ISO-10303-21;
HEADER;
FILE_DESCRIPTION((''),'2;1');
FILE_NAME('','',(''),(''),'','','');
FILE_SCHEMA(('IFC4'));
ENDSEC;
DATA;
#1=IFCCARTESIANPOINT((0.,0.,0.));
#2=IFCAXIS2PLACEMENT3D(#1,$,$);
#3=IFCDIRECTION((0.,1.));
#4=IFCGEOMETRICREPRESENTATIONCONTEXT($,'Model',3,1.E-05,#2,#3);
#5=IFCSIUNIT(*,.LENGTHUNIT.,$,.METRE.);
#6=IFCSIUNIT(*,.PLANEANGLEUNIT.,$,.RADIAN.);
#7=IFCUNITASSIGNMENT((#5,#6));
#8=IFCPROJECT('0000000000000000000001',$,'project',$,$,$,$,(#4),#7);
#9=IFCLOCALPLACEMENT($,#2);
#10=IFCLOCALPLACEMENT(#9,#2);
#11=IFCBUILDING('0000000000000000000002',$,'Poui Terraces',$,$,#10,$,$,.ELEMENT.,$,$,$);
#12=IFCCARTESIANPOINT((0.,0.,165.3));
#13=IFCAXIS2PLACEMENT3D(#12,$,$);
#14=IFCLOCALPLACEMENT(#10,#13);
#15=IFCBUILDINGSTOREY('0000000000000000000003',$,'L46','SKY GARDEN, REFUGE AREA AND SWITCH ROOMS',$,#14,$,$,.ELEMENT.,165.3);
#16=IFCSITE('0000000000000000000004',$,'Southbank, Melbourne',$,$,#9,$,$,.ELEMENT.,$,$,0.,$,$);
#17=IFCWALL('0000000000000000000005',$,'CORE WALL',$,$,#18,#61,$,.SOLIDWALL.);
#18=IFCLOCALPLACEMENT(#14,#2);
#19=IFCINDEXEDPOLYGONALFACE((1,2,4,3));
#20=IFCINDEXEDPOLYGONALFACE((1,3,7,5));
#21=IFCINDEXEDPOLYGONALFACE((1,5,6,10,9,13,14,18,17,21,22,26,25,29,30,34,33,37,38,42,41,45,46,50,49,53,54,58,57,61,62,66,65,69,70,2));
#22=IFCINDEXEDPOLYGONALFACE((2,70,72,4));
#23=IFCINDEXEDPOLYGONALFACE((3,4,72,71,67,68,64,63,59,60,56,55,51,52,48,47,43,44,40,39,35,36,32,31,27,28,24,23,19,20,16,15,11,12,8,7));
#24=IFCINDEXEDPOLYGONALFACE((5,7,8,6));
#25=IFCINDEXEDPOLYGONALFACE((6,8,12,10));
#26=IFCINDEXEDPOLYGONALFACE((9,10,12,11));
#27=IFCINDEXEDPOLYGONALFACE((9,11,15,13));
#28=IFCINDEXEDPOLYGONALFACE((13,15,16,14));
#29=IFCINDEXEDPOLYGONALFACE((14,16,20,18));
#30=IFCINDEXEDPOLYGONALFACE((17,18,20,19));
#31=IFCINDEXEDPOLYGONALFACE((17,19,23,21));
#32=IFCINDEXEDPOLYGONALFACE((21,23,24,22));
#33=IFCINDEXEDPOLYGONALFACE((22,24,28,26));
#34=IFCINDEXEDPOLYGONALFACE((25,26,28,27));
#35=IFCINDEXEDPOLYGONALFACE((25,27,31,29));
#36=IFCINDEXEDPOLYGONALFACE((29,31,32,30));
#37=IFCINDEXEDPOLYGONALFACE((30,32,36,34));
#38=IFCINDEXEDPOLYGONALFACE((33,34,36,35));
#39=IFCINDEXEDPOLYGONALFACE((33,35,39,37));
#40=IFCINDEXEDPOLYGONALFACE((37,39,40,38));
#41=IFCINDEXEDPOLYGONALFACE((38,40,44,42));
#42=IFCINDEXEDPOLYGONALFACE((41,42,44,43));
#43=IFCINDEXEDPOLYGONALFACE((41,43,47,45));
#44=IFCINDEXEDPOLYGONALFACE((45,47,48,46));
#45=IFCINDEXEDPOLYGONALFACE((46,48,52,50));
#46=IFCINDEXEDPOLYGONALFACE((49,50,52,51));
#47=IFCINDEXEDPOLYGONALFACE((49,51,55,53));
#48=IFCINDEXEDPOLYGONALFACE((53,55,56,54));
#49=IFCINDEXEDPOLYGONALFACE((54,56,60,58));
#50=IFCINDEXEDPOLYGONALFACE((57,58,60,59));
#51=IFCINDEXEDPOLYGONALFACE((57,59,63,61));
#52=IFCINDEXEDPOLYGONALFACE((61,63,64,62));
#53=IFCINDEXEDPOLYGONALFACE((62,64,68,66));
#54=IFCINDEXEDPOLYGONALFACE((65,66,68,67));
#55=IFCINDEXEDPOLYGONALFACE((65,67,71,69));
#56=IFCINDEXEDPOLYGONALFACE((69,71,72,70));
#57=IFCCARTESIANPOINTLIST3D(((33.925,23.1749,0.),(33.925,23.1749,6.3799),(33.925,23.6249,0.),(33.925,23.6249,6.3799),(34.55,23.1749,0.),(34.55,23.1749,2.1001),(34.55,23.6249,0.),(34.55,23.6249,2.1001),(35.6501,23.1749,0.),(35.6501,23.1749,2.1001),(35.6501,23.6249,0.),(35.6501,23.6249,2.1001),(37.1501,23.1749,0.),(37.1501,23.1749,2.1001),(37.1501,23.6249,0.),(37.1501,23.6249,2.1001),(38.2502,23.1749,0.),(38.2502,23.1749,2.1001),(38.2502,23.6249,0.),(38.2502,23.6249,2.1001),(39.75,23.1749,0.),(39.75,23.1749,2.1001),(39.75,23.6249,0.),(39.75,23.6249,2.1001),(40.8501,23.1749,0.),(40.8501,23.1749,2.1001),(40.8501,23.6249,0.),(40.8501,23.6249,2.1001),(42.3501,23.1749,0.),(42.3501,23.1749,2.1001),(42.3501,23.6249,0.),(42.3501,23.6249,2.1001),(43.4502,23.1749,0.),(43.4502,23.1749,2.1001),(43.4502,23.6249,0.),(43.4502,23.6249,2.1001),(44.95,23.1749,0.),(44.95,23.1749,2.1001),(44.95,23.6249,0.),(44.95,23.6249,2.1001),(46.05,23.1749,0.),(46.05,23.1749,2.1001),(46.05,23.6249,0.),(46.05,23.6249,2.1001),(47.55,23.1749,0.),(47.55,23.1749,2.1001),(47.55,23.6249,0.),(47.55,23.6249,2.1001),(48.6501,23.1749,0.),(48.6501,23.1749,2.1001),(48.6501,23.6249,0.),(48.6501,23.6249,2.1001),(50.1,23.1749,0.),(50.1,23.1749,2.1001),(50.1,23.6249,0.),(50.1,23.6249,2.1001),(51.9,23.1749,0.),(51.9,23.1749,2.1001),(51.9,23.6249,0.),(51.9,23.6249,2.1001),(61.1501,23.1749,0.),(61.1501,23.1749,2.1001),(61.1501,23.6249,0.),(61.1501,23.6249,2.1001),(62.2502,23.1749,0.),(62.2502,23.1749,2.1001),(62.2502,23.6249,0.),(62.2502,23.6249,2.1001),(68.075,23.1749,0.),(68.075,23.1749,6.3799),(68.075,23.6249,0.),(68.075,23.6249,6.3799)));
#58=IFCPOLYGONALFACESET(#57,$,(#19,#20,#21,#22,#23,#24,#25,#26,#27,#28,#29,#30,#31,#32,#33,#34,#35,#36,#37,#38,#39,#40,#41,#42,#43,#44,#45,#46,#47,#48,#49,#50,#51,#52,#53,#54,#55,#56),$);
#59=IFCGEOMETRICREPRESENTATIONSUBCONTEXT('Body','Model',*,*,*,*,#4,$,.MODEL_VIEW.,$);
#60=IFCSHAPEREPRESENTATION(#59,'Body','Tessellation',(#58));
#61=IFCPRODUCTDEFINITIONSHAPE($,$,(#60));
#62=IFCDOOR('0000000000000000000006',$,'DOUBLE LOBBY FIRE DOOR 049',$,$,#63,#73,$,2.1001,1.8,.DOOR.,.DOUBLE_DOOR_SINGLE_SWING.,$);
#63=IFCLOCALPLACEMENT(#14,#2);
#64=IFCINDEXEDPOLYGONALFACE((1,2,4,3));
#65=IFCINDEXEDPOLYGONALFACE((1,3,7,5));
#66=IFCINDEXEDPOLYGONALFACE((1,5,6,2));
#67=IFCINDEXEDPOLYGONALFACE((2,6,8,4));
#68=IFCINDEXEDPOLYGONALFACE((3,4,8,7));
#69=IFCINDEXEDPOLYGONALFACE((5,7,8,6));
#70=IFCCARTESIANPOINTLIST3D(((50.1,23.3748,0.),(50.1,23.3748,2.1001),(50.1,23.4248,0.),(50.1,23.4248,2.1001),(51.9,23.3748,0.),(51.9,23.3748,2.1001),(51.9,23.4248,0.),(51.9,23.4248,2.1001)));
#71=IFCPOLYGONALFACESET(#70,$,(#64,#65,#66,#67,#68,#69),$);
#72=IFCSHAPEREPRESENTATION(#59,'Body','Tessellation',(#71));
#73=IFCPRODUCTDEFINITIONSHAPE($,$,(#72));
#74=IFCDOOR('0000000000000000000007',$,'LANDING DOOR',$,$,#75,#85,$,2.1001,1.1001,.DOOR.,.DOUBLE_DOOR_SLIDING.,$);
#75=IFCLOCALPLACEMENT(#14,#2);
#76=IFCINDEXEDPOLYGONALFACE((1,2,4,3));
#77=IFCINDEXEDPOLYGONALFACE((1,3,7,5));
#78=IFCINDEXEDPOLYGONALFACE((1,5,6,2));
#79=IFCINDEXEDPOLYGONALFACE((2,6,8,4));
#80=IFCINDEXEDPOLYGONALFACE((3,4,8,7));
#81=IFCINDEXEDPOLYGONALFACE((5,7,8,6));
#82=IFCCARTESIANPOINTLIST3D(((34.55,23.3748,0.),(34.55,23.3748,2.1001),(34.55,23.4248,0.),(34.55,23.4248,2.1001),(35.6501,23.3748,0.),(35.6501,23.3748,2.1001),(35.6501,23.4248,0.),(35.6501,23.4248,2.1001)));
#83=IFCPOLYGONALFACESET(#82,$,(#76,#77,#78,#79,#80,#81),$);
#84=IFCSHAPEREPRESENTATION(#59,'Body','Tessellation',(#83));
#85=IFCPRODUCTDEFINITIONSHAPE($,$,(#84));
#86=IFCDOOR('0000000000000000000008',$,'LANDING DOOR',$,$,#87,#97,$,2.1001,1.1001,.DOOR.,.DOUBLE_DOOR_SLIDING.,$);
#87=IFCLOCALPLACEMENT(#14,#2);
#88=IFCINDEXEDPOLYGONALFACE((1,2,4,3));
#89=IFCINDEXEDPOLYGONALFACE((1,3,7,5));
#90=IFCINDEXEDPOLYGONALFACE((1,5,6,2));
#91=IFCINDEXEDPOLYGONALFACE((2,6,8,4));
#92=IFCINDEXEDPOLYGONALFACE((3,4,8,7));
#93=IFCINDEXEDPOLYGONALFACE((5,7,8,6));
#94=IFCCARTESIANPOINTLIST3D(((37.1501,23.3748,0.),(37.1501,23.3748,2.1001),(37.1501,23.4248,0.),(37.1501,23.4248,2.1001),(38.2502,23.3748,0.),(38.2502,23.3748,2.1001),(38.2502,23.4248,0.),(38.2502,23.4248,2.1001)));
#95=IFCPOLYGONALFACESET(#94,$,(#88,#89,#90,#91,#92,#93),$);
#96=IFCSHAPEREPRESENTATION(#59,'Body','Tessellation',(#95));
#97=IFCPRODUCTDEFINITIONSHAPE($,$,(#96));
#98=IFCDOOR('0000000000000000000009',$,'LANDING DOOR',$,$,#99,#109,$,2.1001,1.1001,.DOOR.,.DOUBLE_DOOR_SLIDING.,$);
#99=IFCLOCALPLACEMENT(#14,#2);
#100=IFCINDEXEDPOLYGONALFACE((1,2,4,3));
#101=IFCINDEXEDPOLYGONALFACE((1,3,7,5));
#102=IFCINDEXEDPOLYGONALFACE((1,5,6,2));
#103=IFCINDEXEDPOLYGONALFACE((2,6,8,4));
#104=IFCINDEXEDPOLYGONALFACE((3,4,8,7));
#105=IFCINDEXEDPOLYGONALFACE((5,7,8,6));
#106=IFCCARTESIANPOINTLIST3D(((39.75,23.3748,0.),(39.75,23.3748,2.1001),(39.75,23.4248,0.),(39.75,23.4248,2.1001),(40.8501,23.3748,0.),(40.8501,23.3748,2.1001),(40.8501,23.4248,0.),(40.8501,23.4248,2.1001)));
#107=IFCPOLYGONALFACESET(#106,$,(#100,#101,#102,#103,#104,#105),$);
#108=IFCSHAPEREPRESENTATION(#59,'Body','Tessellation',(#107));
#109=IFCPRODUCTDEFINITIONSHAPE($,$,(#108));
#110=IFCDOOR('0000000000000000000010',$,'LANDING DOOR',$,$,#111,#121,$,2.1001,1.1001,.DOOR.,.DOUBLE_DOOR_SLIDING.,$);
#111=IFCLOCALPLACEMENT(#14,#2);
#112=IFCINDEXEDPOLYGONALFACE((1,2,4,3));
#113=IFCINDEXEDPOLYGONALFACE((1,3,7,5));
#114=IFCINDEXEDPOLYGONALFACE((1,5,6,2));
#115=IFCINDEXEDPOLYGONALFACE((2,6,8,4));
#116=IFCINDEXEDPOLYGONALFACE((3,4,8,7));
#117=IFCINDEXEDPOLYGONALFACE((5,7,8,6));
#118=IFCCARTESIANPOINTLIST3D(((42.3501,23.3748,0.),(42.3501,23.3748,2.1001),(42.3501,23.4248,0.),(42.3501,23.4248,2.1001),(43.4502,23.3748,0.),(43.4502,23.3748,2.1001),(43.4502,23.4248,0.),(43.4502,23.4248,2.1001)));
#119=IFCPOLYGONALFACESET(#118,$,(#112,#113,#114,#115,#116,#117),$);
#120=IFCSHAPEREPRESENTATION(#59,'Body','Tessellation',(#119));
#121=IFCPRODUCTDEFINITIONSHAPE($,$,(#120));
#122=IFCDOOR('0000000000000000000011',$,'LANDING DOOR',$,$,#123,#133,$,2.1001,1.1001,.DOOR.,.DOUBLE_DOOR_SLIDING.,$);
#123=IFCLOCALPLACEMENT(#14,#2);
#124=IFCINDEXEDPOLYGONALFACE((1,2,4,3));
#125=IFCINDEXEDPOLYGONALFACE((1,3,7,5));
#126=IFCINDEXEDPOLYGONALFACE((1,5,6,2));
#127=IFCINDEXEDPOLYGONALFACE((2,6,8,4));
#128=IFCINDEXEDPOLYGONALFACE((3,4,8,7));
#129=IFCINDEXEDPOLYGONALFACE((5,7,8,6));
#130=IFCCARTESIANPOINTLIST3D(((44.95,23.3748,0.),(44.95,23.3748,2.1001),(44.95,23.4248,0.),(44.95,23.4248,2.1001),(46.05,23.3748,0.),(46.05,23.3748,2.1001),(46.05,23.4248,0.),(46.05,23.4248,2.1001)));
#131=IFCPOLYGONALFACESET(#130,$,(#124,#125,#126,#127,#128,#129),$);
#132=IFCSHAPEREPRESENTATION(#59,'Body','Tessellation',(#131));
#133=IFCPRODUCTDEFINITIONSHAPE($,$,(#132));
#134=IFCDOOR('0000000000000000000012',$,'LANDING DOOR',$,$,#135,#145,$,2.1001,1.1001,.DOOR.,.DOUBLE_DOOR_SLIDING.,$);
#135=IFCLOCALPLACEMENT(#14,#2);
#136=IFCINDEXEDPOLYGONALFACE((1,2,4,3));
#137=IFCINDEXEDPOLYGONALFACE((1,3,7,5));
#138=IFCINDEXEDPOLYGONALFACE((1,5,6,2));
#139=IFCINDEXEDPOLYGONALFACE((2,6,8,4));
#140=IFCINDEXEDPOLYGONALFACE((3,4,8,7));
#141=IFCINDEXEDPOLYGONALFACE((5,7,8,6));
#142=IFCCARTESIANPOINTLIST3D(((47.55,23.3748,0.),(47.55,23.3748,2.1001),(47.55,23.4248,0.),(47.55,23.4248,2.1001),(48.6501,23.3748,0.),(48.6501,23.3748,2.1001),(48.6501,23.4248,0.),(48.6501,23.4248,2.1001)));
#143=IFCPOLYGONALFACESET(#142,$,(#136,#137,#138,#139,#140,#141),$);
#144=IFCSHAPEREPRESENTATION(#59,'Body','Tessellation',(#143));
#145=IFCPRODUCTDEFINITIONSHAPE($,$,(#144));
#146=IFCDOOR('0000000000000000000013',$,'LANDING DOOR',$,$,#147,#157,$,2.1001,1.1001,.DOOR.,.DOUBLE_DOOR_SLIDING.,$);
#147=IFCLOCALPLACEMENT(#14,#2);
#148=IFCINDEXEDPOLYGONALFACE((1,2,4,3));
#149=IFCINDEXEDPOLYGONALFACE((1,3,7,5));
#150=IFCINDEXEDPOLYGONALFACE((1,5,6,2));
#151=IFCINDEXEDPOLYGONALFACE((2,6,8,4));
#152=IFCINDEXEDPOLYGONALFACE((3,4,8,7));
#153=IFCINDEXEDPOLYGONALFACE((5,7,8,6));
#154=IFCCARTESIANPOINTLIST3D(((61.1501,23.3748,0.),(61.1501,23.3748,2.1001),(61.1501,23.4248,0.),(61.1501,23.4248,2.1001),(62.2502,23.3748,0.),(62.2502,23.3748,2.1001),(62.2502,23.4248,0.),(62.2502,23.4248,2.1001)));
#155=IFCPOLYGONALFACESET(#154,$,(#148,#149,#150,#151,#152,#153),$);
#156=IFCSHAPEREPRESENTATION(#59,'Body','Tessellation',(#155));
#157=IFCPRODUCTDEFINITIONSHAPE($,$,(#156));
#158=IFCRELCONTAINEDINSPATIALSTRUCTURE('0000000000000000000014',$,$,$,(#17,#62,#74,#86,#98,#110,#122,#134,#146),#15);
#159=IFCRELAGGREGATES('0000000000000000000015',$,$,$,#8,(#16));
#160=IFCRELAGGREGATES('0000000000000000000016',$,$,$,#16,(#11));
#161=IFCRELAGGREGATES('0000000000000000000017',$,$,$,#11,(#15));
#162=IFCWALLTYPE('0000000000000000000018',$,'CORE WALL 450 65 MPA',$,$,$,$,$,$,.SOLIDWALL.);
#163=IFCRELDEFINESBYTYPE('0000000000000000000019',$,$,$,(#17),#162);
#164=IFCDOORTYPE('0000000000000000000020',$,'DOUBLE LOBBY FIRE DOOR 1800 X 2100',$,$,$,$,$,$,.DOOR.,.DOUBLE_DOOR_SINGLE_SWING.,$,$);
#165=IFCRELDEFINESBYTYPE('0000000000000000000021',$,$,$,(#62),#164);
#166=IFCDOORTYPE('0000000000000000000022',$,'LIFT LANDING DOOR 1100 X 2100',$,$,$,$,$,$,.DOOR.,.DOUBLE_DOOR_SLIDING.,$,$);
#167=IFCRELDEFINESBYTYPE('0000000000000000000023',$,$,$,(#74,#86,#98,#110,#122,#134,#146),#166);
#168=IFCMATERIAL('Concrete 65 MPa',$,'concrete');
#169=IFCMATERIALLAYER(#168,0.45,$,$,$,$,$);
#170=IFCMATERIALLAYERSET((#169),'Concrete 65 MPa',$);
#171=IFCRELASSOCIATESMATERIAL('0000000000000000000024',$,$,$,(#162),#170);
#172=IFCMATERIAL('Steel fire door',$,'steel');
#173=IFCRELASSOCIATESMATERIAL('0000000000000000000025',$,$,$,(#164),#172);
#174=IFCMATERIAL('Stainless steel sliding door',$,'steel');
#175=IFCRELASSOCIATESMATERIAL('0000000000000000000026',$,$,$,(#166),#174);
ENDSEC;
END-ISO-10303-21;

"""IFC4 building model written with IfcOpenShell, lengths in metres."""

from ifc_helpers import new_model, si_unit, direction, frame, frame_2d, origin, place, context, subcontext, project, spatial, rectangle, extrude, material, layer, layer_set, type_object, element, fill, save


model = new_model("IFC4")

# Units and contexts
model_context = context("Model", 3, precision=1e-05, world=origin(), true_north=direction((0.0, 1.0)))
body_context = subcontext(model_context, "Body", "Model", "MODEL_VIEW")
ifc_project = project(units=[si_unit("LENGTHUNIT", "METRE"), si_unit("PLANEANGLEUNIT", "RADIAN")], contexts=[model_context])

# Site, building, storey
site_placement = place(None, origin())
site = spatial("IfcSite", under=ifc_project, at=site_placement, Name="Southbank, Melbourne", CompositionType="ELEMENT", RefElevation=0.0)
building_placement = place(site_placement, origin())
building = spatial("IfcBuilding", under=site, at=building_placement, Name="Poui Terraces", CompositionType="ELEMENT")
storey_placement = place(building_placement, frame((0.0, 0.0, 165.3)))
storey = spatial("IfcBuildingStorey", under=building, at=storey_placement, Name="L46", Description="SKY GARDEN, REFUGE AREA AND SWITCH ROOMS", CompositionType="ELEMENT", Elevation=165.3)

# Wall, openings, doors
ifc_material_1 = material(Name="Concrete 65 MPa", Category="concrete")
ifc_layer_1 = layer(ifc_material_1, 0.45)
ifc_layer_set_1 = layer_set([ifc_layer_1], Name="Concrete 65 MPa")
wall_type_1 = type_object("IfcWallType", Name="CORE WALL 450 65 MPA", PredefinedType="SOLIDWALL", material=ifc_layer_set_1)
ifc_material_2 = material(Name="Steel fire door", Category="steel")
door_type_1 = type_object("IfcDoorType", Name="DOUBLE LOBBY FIRE DOOR 1800 X 2100", OperationType="DOUBLE_DOOR_SINGLE_SWING", PredefinedType="DOOR", material=ifc_material_2)
wall_1_placement = place(storey_placement, frame((33.925, 23.3999, 0.0), z_axis=(0.0, 0.0, 1.0), x_axis=(1.0, 0.0, 0.0)))
wall_1 = element("IfcWall", 1, at=wall_1_placement, inside=storey, type_object=wall_type_1, Name="CORE WALL", PredefinedType="SOLIDWALL", context=body_context, shape_type="SweptSolid", body=[
    extrude(rectangle(XDim=34.1499, YDim=0.45, at=frame_2d((17.075, 0.0))), origin(), (0.0, 0.0, 1.0), 6.3799),
])
opening_1_placement = place(wall_1_placement, frame((16.175, 0.0, 0.0)))
opening_1 = element("IfcOpeningElement", 2, at=opening_1_placement, cuts=wall_1, PredefinedType="OPENING", context=body_context, shape_type="SweptSolid", body=[
    extrude(rectangle(XDim=1.8, YDim=2.1001, at=frame_2d((0.8999, 1.05))), frame((0.0, 0.2349, 0.0), z_axis=(0.0, -1.0, 0.0), x_axis=(1.0, 0.0, 0.0)), (0.0, 0.0, 1.0), 0.47),
])
opening_2_placement = place(wall_1_placement, frame((0.625, 0.0, 0.0)))
opening_2 = element("IfcOpeningElement", 3, at=opening_2_placement, cuts=wall_1, PredefinedType="OPENING", context=body_context, shape_type="SweptSolid", body=[
    extrude(rectangle(XDim=1.1001, YDim=2.1001, at=frame_2d((0.55, 1.05))), frame((0.0, 0.2349, 0.0), z_axis=(0.0, -1.0, 0.0), x_axis=(1.0, 0.0, 0.0)), (0.0, 0.0, 1.0), 0.47),
])
opening_3_placement = place(wall_1_placement, frame((3.2251, 0.0, 0.0)))
opening_3 = element("IfcOpeningElement", 4, at=opening_3_placement, cuts=wall_1, PredefinedType="OPENING", context=body_context, shape_type="SweptSolid", body=[
    extrude(rectangle(XDim=1.1001, YDim=2.1001, at=frame_2d((0.55, 1.05))), frame((0.0, 0.2349, 0.0), z_axis=(0.0, -1.0, 0.0), x_axis=(1.0, 0.0, 0.0)), (0.0, 0.0, 1.0), 0.47),
])
opening_4_placement = place(wall_1_placement, frame((5.825, 0.0, 0.0)))
opening_4 = element("IfcOpeningElement", 5, at=opening_4_placement, cuts=wall_1, PredefinedType="OPENING", context=body_context, shape_type="SweptSolid", body=[
    extrude(rectangle(XDim=1.1001, YDim=2.1001, at=frame_2d((0.55, 1.05))), frame((0.0, 0.2349, 0.0), z_axis=(0.0, -1.0, 0.0), x_axis=(1.0, 0.0, 0.0)), (0.0, 0.0, 1.0), 0.47),
])
opening_5_placement = place(wall_1_placement, frame((8.425, 0.0, 0.0)))
opening_5 = element("IfcOpeningElement", 6, at=opening_5_placement, cuts=wall_1, PredefinedType="OPENING", context=body_context, shape_type="SweptSolid", body=[
    extrude(rectangle(XDim=1.1001, YDim=2.1001, at=frame_2d((0.55, 1.05))), frame((0.0, 0.2349, 0.0), z_axis=(0.0, -1.0, 0.0), x_axis=(1.0, 0.0, 0.0)), (0.0, 0.0, 1.0), 0.47),
])
opening_6_placement = place(wall_1_placement, frame((11.0249, 0.0, 0.0)))
opening_6 = element("IfcOpeningElement", 7, at=opening_6_placement, cuts=wall_1, PredefinedType="OPENING", context=body_context, shape_type="SweptSolid", body=[
    extrude(rectangle(XDim=1.1001, YDim=2.1001, at=frame_2d((0.55, 1.05))), frame((0.0, 0.2349, 0.0), z_axis=(0.0, -1.0, 0.0), x_axis=(1.0, 0.0, 0.0)), (0.0, 0.0, 1.0), 0.47),
])
opening_7_placement = place(wall_1_placement, frame((13.625, 0.0, 0.0)))
opening_7 = element("IfcOpeningElement", 8, at=opening_7_placement, cuts=wall_1, PredefinedType="OPENING", context=body_context, shape_type="SweptSolid", body=[
    extrude(rectangle(XDim=1.1001, YDim=2.1001, at=frame_2d((0.55, 1.05))), frame((0.0, 0.2349, 0.0), z_axis=(0.0, -1.0, 0.0), x_axis=(1.0, 0.0, 0.0)), (0.0, 0.0, 1.0), 0.47),
])
opening_8_placement = place(wall_1_placement, frame((27.2251, 0.0, 0.0)))
opening_8 = element("IfcOpeningElement", 9, at=opening_8_placement, cuts=wall_1, PredefinedType="OPENING", context=body_context, shape_type="SweptSolid", body=[
    extrude(rectangle(XDim=1.1001, YDim=2.1001, at=frame_2d((0.55, 1.05))), frame((0.0, 0.2349, 0.0), z_axis=(0.0, -1.0, 0.0), x_axis=(1.0, 0.0, 0.0)), (0.0, 0.0, 1.0), 0.47),
])
door_1_placement = place(opening_1_placement, origin())
door_1 = element("IfcDoor", 10, at=door_1_placement, inside=storey, type_object=door_type_1, Name="DOUBLE LOBBY FIRE DOOR 049", OperationType="DOUBLE_DOOR_SINGLE_SWING", OverallHeight=2.1001, OverallWidth=1.8, PredefinedType="DOOR", context=body_context, shape_type="SweptSolid", body=[
    extrude(rectangle(XDim=1.8, YDim=2.1001, at=frame_2d((0.8999, 1.05))), frame((0.0, 0.0249, 0.0), z_axis=(0.0, -1.0, 0.0), x_axis=(1.0, 0.0, 0.0)), (0.0, 0.0, 1.0), 0.05),
])
fill(opening_1, door_1)
ifc_material_3 = material(Name="Stainless steel sliding door", Category="steel")
door_type_2 = type_object("IfcDoorType", Name="LIFT LANDING DOOR 1100 X 2100", OperationType="DOUBLE_DOOR_SLIDING", PredefinedType="DOOR", material=ifc_material_3)
door_2_placement = place(opening_2_placement, origin())
door_2 = element("IfcDoor", 11, at=door_2_placement, inside=storey, type_object=door_type_2, Name="LANDING DOOR", OperationType="DOUBLE_DOOR_SLIDING", OverallHeight=2.1001, OverallWidth=1.1001, PredefinedType="DOOR", context=body_context, shape_type="SweptSolid", body=[
    extrude(rectangle(XDim=1.1001, YDim=2.1001, at=frame_2d((0.55, 1.05))), frame((0.0, 0.0249, 0.0), z_axis=(0.0, -1.0, 0.0), x_axis=(1.0, 0.0, 0.0)), (0.0, 0.0, 1.0), 0.05),
])
fill(opening_2, door_2)
door_3_placement = place(opening_3_placement, origin())
door_3 = element("IfcDoor", 12, at=door_3_placement, inside=storey, type_object=door_type_2, Name="LANDING DOOR", OperationType="DOUBLE_DOOR_SLIDING", OverallHeight=2.1001, OverallWidth=1.1001, PredefinedType="DOOR", context=body_context, shape_type="SweptSolid", body=[
    extrude(rectangle(XDim=1.1001, YDim=2.1001, at=frame_2d((0.55, 1.05))), frame((0.0, 0.0249, 0.0), z_axis=(0.0, -1.0, 0.0), x_axis=(1.0, 0.0, 0.0)), (0.0, 0.0, 1.0), 0.05),
])
fill(opening_3, door_3)
door_4_placement = place(opening_4_placement, origin())
door_4 = element("IfcDoor", 13, at=door_4_placement, inside=storey, type_object=door_type_2, Name="LANDING DOOR", OperationType="DOUBLE_DOOR_SLIDING", OverallHeight=2.1001, OverallWidth=1.1001, PredefinedType="DOOR", context=body_context, shape_type="SweptSolid", body=[
    extrude(rectangle(XDim=1.1001, YDim=2.1001, at=frame_2d((0.55, 1.05))), frame((0.0, 0.0249, 0.0), z_axis=(0.0, -1.0, 0.0), x_axis=(1.0, 0.0, 0.0)), (0.0, 0.0, 1.0), 0.05),
])
fill(opening_4, door_4)
door_5_placement = place(opening_5_placement, origin())
door_5 = element("IfcDoor", 14, at=door_5_placement, inside=storey, type_object=door_type_2, Name="LANDING DOOR", OperationType="DOUBLE_DOOR_SLIDING", OverallHeight=2.1001, OverallWidth=1.1001, PredefinedType="DOOR", context=body_context, shape_type="SweptSolid", body=[
    extrude(rectangle(XDim=1.1001, YDim=2.1001, at=frame_2d((0.55, 1.05))), frame((0.0, 0.0249, 0.0), z_axis=(0.0, -1.0, 0.0), x_axis=(1.0, 0.0, 0.0)), (0.0, 0.0, 1.0), 0.05),
])
fill(opening_5, door_5)
door_6_placement = place(opening_6_placement, origin())
door_6 = element("IfcDoor", 15, at=door_6_placement, inside=storey, type_object=door_type_2, Name="LANDING DOOR", OperationType="DOUBLE_DOOR_SLIDING", OverallHeight=2.1001, OverallWidth=1.1001, PredefinedType="DOOR", context=body_context, shape_type="SweptSolid", body=[
    extrude(rectangle(XDim=1.1001, YDim=2.1001, at=frame_2d((0.55, 1.05))), frame((0.0, 0.0249, 0.0), z_axis=(0.0, -1.0, 0.0), x_axis=(1.0, 0.0, 0.0)), (0.0, 0.0, 1.0), 0.05),
])
fill(opening_6, door_6)
door_7_placement = place(opening_7_placement, origin())
door_7 = element("IfcDoor", 16, at=door_7_placement, inside=storey, type_object=door_type_2, Name="LANDING DOOR", OperationType="DOUBLE_DOOR_SLIDING", OverallHeight=2.1001, OverallWidth=1.1001, PredefinedType="DOOR", context=body_context, shape_type="SweptSolid", body=[
    extrude(rectangle(XDim=1.1001, YDim=2.1001, at=frame_2d((0.55, 1.05))), frame((0.0, 0.0249, 0.0), z_axis=(0.0, -1.0, 0.0), x_axis=(1.0, 0.0, 0.0)), (0.0, 0.0, 1.0), 0.05),
])
fill(opening_7, door_7)
door_8_placement = place(opening_8_placement, origin())
door_8 = element("IfcDoor", 17, at=door_8_placement, inside=storey, type_object=door_type_2, Name="LANDING DOOR", OperationType="DOUBLE_DOOR_SLIDING", OverallHeight=2.1001, OverallWidth=1.1001, PredefinedType="DOOR", context=body_context, shape_type="SweptSolid", body=[
    extrude(rectangle(XDim=1.1001, YDim=2.1001, at=frame_2d((0.55, 1.05))), frame((0.0, 0.0249, 0.0), z_axis=(0.0, -1.0, 0.0), x_axis=(1.0, 0.0, 0.0)), (0.0, 0.0, 1.0), 0.05),
])
fill(opening_8, door_8)

save(model, "model.ifc")
